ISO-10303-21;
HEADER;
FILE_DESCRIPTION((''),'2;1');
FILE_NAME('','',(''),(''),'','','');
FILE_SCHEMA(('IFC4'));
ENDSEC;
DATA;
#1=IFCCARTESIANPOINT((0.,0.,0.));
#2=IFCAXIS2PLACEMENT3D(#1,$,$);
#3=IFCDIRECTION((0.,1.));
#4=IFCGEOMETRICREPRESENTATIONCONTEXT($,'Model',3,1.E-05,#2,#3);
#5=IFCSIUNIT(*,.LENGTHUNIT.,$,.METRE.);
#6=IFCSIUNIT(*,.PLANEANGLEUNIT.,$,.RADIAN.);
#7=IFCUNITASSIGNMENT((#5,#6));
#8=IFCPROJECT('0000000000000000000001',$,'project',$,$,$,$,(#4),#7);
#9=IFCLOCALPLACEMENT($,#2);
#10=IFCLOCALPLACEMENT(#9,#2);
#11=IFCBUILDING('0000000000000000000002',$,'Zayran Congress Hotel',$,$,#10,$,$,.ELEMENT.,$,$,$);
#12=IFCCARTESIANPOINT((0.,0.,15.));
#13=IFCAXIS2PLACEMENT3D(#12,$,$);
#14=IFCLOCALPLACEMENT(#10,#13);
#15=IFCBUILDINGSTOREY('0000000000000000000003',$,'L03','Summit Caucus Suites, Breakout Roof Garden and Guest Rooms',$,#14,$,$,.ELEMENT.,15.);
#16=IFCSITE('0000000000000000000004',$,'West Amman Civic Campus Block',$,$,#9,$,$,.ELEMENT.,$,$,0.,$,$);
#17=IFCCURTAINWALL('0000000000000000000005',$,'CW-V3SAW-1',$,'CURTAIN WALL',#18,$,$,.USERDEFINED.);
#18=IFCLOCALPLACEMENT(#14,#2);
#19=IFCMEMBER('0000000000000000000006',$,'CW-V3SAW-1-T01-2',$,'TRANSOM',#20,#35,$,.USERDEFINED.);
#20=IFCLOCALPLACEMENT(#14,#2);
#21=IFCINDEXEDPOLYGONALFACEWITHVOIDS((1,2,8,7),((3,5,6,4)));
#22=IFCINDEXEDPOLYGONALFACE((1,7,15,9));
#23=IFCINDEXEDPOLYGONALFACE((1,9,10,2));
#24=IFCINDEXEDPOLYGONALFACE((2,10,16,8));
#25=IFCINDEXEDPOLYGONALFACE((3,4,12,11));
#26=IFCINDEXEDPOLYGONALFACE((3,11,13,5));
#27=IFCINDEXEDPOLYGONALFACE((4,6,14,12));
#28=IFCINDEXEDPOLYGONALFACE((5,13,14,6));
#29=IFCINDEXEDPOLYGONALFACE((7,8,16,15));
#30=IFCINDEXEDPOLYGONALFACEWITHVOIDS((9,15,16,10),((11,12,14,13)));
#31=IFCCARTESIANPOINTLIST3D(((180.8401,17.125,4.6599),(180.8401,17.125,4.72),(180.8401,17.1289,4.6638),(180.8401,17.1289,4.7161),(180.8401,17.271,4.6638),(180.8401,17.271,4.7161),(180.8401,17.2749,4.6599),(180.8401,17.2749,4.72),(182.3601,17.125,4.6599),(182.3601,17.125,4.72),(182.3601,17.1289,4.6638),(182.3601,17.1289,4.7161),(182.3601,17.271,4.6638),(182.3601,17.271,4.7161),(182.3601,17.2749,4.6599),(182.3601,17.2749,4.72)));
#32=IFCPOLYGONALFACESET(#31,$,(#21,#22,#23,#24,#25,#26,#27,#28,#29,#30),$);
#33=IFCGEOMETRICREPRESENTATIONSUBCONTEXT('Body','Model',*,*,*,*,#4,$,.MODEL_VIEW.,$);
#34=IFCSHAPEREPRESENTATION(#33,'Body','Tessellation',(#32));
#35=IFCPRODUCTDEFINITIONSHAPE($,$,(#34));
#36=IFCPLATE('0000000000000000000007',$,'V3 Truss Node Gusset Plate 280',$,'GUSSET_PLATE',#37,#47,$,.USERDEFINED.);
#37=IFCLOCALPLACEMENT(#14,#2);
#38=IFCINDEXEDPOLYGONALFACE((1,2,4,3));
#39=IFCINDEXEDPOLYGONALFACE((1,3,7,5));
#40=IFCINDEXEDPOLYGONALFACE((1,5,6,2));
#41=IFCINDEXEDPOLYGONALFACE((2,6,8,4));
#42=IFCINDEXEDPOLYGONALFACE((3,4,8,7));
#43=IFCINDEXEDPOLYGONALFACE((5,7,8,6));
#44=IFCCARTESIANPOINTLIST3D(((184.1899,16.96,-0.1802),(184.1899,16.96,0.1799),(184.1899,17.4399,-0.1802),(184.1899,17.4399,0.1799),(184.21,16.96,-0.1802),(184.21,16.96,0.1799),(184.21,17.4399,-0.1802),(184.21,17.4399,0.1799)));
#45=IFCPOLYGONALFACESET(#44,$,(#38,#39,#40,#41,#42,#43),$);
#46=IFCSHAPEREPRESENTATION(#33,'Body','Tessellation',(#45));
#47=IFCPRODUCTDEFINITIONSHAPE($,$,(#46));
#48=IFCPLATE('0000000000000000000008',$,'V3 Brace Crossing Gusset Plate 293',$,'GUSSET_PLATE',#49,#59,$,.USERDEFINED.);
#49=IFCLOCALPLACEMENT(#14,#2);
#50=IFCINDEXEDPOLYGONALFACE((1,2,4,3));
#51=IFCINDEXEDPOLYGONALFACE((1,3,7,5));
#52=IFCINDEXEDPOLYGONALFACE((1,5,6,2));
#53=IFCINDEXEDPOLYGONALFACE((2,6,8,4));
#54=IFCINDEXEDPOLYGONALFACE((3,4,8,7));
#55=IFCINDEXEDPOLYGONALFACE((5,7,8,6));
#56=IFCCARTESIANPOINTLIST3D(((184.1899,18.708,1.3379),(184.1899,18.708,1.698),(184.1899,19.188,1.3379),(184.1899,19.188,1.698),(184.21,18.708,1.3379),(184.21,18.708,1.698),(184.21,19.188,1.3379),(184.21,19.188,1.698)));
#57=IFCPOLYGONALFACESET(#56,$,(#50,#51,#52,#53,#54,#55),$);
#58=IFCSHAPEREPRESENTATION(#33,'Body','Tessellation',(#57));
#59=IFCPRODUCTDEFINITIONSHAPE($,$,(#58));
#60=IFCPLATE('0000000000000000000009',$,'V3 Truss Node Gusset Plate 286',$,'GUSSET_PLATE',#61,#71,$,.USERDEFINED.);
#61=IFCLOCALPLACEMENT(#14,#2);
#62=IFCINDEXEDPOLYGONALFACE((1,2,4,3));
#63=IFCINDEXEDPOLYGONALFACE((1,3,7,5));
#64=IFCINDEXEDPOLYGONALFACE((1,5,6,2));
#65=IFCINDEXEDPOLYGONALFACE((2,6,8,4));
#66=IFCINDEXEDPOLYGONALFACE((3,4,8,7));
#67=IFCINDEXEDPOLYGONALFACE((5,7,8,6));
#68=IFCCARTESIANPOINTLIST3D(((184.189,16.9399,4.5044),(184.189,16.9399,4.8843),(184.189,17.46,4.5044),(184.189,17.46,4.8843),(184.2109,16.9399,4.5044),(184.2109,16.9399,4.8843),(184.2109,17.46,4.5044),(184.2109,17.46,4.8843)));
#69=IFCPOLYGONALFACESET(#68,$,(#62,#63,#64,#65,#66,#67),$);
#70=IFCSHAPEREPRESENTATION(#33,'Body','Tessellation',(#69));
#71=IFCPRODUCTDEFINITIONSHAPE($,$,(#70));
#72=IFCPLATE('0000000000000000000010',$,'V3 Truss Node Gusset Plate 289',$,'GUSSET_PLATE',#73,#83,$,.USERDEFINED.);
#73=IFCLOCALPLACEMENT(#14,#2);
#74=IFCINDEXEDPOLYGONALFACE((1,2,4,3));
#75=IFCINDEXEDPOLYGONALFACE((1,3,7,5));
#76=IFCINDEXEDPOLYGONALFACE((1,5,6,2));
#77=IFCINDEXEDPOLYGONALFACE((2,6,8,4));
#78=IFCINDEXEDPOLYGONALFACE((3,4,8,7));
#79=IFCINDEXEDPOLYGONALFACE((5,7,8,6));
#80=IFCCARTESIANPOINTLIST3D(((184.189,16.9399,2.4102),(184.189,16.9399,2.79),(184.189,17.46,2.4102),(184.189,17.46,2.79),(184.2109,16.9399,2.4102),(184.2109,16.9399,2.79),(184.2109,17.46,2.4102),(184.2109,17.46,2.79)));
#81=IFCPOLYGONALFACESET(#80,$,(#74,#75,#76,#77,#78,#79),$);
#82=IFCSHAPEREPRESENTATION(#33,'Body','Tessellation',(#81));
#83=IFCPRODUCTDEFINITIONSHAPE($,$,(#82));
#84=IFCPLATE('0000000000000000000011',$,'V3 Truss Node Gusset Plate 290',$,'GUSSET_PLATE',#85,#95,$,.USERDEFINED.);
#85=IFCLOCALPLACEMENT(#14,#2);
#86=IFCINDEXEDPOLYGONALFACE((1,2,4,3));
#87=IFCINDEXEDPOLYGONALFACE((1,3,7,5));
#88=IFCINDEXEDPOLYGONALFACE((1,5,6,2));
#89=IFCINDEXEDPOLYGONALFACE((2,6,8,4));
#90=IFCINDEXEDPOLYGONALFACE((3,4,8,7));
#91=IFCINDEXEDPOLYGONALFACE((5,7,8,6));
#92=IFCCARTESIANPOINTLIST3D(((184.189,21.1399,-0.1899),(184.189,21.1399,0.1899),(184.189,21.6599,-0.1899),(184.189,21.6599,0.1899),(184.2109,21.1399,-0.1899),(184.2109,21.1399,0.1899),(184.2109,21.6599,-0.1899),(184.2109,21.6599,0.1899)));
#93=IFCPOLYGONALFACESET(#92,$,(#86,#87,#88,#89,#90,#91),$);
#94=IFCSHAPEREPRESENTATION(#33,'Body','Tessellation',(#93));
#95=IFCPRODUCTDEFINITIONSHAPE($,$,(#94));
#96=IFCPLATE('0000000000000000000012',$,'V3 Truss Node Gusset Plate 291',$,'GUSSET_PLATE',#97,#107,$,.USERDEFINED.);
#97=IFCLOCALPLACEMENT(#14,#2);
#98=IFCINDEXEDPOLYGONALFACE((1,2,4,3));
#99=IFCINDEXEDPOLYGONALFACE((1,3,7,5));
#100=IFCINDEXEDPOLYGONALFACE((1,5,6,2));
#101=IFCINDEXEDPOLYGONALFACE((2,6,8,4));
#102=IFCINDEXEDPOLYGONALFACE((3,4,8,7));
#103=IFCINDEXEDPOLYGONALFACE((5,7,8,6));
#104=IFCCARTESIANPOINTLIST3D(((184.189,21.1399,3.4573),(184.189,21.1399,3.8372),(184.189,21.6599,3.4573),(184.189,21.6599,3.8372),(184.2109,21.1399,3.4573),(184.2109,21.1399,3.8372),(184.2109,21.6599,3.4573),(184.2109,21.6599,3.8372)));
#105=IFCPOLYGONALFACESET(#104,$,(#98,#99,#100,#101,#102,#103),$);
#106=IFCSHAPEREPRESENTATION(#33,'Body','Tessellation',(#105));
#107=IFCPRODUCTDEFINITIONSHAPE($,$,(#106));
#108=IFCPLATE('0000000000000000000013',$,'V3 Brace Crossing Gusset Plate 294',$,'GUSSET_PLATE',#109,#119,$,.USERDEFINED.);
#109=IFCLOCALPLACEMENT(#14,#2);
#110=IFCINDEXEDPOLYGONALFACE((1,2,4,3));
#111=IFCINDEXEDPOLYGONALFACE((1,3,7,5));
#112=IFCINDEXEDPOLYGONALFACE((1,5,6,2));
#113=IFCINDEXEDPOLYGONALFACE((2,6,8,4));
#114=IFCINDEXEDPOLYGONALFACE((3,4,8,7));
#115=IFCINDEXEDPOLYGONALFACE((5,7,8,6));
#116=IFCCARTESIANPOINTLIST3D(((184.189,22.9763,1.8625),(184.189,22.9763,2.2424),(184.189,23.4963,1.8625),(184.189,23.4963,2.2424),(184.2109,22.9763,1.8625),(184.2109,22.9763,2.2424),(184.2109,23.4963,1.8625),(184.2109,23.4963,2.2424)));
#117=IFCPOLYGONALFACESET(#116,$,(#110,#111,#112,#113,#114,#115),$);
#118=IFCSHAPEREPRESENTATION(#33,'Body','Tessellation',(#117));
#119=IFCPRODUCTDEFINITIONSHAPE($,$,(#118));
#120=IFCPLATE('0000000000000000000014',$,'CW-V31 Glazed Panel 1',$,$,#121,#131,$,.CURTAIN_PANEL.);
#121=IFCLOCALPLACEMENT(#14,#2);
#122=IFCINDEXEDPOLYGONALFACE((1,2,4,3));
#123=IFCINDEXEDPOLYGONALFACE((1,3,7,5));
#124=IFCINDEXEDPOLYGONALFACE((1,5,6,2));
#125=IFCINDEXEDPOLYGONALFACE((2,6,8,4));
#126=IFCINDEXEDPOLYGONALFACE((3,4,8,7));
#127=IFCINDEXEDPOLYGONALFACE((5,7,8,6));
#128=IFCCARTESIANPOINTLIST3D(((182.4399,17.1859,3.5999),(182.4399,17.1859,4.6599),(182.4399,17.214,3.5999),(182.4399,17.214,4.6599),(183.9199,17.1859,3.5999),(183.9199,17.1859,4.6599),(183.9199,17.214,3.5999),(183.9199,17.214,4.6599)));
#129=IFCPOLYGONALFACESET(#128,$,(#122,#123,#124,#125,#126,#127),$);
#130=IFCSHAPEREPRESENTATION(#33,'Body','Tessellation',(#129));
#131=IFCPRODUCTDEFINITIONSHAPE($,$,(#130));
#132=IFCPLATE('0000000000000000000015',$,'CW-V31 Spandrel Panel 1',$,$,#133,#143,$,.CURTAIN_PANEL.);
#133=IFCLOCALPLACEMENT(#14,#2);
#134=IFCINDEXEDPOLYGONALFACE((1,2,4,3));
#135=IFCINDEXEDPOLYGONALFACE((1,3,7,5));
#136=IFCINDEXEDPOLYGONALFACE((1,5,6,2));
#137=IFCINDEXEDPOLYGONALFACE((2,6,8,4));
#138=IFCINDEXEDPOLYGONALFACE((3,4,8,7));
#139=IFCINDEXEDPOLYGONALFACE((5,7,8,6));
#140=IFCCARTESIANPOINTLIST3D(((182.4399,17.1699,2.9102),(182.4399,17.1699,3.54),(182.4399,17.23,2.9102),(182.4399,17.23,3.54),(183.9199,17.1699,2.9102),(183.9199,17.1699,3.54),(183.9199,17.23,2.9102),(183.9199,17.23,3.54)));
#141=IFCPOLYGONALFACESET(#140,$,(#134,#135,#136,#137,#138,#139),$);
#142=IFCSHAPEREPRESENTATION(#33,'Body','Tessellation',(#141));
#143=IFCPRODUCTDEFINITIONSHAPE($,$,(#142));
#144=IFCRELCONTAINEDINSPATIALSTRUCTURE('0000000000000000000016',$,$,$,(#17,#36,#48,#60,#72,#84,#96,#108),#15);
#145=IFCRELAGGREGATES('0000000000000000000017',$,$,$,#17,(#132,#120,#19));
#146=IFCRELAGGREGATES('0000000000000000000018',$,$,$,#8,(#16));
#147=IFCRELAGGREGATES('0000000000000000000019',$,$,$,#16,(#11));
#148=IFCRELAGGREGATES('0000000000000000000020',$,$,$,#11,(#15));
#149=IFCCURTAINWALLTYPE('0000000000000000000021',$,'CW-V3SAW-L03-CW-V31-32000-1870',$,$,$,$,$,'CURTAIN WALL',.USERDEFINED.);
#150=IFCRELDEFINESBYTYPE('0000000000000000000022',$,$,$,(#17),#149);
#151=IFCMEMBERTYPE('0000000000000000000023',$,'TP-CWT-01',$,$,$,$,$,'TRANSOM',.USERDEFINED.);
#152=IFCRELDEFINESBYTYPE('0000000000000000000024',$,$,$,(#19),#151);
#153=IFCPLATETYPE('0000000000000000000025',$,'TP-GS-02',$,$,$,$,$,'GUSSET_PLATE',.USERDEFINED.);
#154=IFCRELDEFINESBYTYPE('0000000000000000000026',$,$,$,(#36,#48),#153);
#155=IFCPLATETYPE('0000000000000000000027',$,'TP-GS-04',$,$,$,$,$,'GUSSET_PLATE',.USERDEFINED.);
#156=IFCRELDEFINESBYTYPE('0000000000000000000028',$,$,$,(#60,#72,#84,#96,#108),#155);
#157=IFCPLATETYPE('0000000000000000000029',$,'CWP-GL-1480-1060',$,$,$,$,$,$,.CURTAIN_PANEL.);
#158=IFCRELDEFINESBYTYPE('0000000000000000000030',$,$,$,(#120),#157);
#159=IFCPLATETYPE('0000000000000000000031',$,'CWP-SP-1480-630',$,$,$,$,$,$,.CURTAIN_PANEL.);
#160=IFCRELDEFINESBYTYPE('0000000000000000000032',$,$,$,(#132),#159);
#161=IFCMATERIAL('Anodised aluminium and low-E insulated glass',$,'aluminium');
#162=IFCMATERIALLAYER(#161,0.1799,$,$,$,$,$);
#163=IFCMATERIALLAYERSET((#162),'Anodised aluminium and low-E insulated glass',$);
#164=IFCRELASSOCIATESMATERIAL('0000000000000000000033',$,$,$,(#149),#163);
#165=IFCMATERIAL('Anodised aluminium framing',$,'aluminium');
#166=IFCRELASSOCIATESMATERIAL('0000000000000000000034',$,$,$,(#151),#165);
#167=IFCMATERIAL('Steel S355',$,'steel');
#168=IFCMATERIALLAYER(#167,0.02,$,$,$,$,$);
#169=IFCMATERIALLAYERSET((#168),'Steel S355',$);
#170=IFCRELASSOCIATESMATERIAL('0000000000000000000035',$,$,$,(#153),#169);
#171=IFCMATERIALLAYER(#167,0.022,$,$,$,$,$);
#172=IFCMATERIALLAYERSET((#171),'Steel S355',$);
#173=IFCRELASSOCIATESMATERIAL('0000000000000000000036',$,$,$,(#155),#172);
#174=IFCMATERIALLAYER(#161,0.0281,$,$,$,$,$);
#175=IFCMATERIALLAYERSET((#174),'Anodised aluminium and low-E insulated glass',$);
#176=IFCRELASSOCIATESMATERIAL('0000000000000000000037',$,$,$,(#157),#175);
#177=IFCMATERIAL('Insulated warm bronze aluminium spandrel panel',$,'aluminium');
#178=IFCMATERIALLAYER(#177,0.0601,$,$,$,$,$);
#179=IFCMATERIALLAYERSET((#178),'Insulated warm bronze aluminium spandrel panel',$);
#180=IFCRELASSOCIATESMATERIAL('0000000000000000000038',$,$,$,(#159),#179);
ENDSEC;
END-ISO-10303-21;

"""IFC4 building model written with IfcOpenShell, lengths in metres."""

from ifc_helpers import new_model, si_unit, direction, frame, origin, origin_2d, place, context, subcontext, project, spatial, rectangle, hollow_rectangle, extrude, material, layer, layer_set, material_profile, profile_set, type_object, element, aggregate, save


model = new_model("IFC4")

# Units and contexts
model_context = context("Model", 3, precision=1e-05, world=origin(), true_north=direction((0.0, 1.0)))
body_context = subcontext(model_context, "Body", "Model", "MODEL_VIEW")
ifc_project = project(units=[si_unit("LENGTHUNIT", "METRE"), si_unit("PLANEANGLEUNIT", "RADIAN")], contexts=[model_context])

# Site, building, storey
site_placement = place(None, origin())
site = spatial("IfcSite", under=ifc_project, at=site_placement, Name="West Amman Civic Campus Block", CompositionType="ELEMENT", RefElevation=0.0)
building_placement = place(site_placement, origin())
building = spatial("IfcBuilding", under=site, at=building_placement, Name="Zayran Congress Hotel", CompositionType="ELEMENT")
storey_placement = place(building_placement, frame((0.0, 0.0, 15.0)))
storey = spatial("IfcBuildingStorey", under=building, at=storey_placement, Name="L03", Description="Summit Caucus Suites, Breakout Roof Garden and Guest Rooms", CompositionType="ELEMENT", Elevation=15.0)

# Shared definitions
ifc_material_1 = material(Name="Steel S355", Category="steel")

# Curtain wall, member
ifc_material_2 = material(Name="Anodised aluminium and low-E insulated glass", Category="aluminium")
ifc_layer_1 = layer(ifc_material_2, 0.1799)
ifc_layer_set_1 = layer_set([ifc_layer_1], Name="Anodised aluminium and low-E insulated glass")
curtain_wall_type = type_object("IfcCurtainWallType", Name="CW-V3SAW-L03-CW-V31-32000-1870", ElementType="CURTAIN WALL", PredefinedType="USERDEFINED", material=ifc_layer_set_1)
curtain_wall_placement = place(storey_placement, origin())
curtain_wall = element("IfcCurtainWall", 1, at=curtain_wall_placement, inside=storey, type_object=curtain_wall_type, Name="CW-V3SAW-1", ObjectType="CURTAIN WALL", PredefinedType="USERDEFINED")
ifc_material_3 = material(Name="Anodised aluminium framing", Category="aluminium")
ifc_material_profile_1 = material_profile(ifc_material_3, hollow_rectangle(XDim=0.0601, YDim=0.1499, WallThickness=0.0039, at=origin_2d()), Name="RHS 150x60x4")
ifc_profile_set_1 = profile_set([ifc_material_profile_1], Name="Anodised aluminium framing")
member_type_1 = type_object("IfcMemberType", Name="TP-CWT-01", ElementType="TRANSOM", PredefinedType="USERDEFINED", material=ifc_profile_set_1)
member_1_placement = place(storey_placement, frame((182.3601, 17.2, 4.6899), z_axis=(-1.0, 0.0, 0.0), x_axis=(0.0, 0.0, 1.0)))
member_1 = element("IfcMember", 2, at=member_1_placement, type_object=member_type_1, Name="CW-V3SAW-1-T01-2", ObjectType="TRANSOM", PredefinedType="USERDEFINED", context=body_context, shape_type="SweptSolid", body=[
    extrude(hollow_rectangle(XDim=0.0601, YDim=0.1499, WallThickness=0.0039, at=origin_2d()), origin(), (0.0, 0.0, 1.0), 1.52),
])

# Plates
ifc_layer_2 = layer(ifc_material_1, 0.02)
ifc_layer_set_2 = layer_set([ifc_layer_2], Name="Steel S355")
plate_type_1 = type_object("IfcPlateType", Name="TP-GS-02", ElementType="GUSSET_PLATE", PredefinedType="USERDEFINED", material=ifc_layer_set_2)
for number, where, z_axis, x_axis, name in (
    (3, (184.2, 17.2, -0.1802), (0.0, 0.0, 1.0), (0.0, 1.0, 0.0), "V3 Truss Node Gusset Plate 280"),
    (4, (184.2, 18.948, 1.3379), (0.0, 0.0, 1.0), (0.0, 1.0, 0.0), "V3 Brace Crossing Gusset Plate 293"),
):
    element("IfcPlate", number, at=place(storey_placement, frame(where, z_axis=z_axis, x_axis=x_axis)), inside=storey, type_object=plate_type_1, Name=name, ObjectType="GUSSET_PLATE", PredefinedType="USERDEFINED", context=body_context, shape_type="SweptSolid", body=[
        extrude(rectangle(XDim=0.48, YDim=0.02, at=origin_2d()), origin(), (0.0, 0.0, 1.0), 0.3601),
    ])
ifc_layer_3 = layer(ifc_material_1, 0.022)
ifc_layer_set_3 = layer_set([ifc_layer_3], Name="Steel S355")
plate_type_2 = type_object("IfcPlateType", Name="TP-GS-04", ElementType="GUSSET_PLATE", PredefinedType="USERDEFINED", material=ifc_layer_set_3)
for number, where, z_axis, x_axis, name in (
    (5, (184.2, 17.2, 4.5044), (0.0, 0.0, 1.0), (0.0, 1.0, 0.0), "V3 Truss Node Gusset Plate 286"),
    (6, (184.2, 17.2, 2.4102), (0.0, 0.0, 1.0), (0.0, 1.0, 0.0), "V3 Truss Node Gusset Plate 289"),
    (7, (184.2, 21.3999, -0.1899), (0.0, 0.0, 1.0), (0.0, 1.0, 0.0), "V3 Truss Node Gusset Plate 290"),
    (8, (184.2, 21.3999, 3.4573), (0.0, 0.0, 1.0), (0.0, 1.0, 0.0), "V3 Truss Node Gusset Plate 291"),
    (9, (184.2, 23.2363, 1.8625), (0.0, 0.0, 1.0), (0.0, 1.0, 0.0), "V3 Brace Crossing Gusset Plate 294"),
):
    element("IfcPlate", number, at=place(storey_placement, frame(where, z_axis=z_axis, x_axis=x_axis)), inside=storey, type_object=plate_type_2, Name=name, ObjectType="GUSSET_PLATE", PredefinedType="USERDEFINED", context=body_context, shape_type="SweptSolid", body=[
        extrude(rectangle(XDim=0.52, YDim=0.022, at=origin_2d()), origin(), (0.0, 0.0, 1.0), 0.3799),
    ])

# Plates
ifc_layer_4 = layer(ifc_material_2, 0.0281)
ifc_layer_set_4 = layer_set([ifc_layer_4], Name="Anodised aluminium and low-E insulated glass")
plate_type_3 = type_object("IfcPlateType", Name="CWP-GL-1480-1060", PredefinedType="CURTAIN_PANEL", material=ifc_layer_set_4)
plate_1_placement = place(storey_placement, frame((183.1799, 17.2, 3.5999), z_axis=(0.0, 0.0, 1.0), x_axis=(1.0, 0.0, 0.0)))
plate_1 = element("IfcPlate", 10, at=plate_1_placement, type_object=plate_type_3, Name="CW-V31 Glazed Panel 1", PredefinedType="CURTAIN_PANEL", context=body_context, shape_type="SweptSolid", body=[
    extrude(rectangle(XDim=1.48, YDim=0.0281, at=origin_2d()), origin(), (0.0, 0.0, 1.0), 1.0601),
])
ifc_material_4 = material(Name="Insulated warm bronze aluminium spandrel panel", Category="aluminium")
ifc_layer_5 = layer(ifc_material_4, 0.0601)
ifc_layer_set_5 = layer_set([ifc_layer_5], Name="Insulated warm bronze aluminium spandrel panel")
plate_type_4 = type_object("IfcPlateType", Name="CWP-SP-1480-630", PredefinedType="CURTAIN_PANEL", material=ifc_layer_set_5)
plate_2_placement = place(storey_placement, frame((183.1799, 17.2, 2.9102), z_axis=(0.0, 0.0, 1.0), x_axis=(1.0, 0.0, 0.0)))
plate_2 = element("IfcPlate", 11, at=plate_2_placement, type_object=plate_type_4, Name="CW-V31 Spandrel Panel 1", PredefinedType="CURTAIN_PANEL", context=body_context, shape_type="SweptSolid", body=[
    extrude(rectangle(XDim=1.48, YDim=0.0601, at=origin_2d()), origin(), (0.0, 0.0, 1.0), 0.6299),
])
aggregate(curtain_wall, [plate_2, plate_1, member_1])

save(model, "model.ifc")
